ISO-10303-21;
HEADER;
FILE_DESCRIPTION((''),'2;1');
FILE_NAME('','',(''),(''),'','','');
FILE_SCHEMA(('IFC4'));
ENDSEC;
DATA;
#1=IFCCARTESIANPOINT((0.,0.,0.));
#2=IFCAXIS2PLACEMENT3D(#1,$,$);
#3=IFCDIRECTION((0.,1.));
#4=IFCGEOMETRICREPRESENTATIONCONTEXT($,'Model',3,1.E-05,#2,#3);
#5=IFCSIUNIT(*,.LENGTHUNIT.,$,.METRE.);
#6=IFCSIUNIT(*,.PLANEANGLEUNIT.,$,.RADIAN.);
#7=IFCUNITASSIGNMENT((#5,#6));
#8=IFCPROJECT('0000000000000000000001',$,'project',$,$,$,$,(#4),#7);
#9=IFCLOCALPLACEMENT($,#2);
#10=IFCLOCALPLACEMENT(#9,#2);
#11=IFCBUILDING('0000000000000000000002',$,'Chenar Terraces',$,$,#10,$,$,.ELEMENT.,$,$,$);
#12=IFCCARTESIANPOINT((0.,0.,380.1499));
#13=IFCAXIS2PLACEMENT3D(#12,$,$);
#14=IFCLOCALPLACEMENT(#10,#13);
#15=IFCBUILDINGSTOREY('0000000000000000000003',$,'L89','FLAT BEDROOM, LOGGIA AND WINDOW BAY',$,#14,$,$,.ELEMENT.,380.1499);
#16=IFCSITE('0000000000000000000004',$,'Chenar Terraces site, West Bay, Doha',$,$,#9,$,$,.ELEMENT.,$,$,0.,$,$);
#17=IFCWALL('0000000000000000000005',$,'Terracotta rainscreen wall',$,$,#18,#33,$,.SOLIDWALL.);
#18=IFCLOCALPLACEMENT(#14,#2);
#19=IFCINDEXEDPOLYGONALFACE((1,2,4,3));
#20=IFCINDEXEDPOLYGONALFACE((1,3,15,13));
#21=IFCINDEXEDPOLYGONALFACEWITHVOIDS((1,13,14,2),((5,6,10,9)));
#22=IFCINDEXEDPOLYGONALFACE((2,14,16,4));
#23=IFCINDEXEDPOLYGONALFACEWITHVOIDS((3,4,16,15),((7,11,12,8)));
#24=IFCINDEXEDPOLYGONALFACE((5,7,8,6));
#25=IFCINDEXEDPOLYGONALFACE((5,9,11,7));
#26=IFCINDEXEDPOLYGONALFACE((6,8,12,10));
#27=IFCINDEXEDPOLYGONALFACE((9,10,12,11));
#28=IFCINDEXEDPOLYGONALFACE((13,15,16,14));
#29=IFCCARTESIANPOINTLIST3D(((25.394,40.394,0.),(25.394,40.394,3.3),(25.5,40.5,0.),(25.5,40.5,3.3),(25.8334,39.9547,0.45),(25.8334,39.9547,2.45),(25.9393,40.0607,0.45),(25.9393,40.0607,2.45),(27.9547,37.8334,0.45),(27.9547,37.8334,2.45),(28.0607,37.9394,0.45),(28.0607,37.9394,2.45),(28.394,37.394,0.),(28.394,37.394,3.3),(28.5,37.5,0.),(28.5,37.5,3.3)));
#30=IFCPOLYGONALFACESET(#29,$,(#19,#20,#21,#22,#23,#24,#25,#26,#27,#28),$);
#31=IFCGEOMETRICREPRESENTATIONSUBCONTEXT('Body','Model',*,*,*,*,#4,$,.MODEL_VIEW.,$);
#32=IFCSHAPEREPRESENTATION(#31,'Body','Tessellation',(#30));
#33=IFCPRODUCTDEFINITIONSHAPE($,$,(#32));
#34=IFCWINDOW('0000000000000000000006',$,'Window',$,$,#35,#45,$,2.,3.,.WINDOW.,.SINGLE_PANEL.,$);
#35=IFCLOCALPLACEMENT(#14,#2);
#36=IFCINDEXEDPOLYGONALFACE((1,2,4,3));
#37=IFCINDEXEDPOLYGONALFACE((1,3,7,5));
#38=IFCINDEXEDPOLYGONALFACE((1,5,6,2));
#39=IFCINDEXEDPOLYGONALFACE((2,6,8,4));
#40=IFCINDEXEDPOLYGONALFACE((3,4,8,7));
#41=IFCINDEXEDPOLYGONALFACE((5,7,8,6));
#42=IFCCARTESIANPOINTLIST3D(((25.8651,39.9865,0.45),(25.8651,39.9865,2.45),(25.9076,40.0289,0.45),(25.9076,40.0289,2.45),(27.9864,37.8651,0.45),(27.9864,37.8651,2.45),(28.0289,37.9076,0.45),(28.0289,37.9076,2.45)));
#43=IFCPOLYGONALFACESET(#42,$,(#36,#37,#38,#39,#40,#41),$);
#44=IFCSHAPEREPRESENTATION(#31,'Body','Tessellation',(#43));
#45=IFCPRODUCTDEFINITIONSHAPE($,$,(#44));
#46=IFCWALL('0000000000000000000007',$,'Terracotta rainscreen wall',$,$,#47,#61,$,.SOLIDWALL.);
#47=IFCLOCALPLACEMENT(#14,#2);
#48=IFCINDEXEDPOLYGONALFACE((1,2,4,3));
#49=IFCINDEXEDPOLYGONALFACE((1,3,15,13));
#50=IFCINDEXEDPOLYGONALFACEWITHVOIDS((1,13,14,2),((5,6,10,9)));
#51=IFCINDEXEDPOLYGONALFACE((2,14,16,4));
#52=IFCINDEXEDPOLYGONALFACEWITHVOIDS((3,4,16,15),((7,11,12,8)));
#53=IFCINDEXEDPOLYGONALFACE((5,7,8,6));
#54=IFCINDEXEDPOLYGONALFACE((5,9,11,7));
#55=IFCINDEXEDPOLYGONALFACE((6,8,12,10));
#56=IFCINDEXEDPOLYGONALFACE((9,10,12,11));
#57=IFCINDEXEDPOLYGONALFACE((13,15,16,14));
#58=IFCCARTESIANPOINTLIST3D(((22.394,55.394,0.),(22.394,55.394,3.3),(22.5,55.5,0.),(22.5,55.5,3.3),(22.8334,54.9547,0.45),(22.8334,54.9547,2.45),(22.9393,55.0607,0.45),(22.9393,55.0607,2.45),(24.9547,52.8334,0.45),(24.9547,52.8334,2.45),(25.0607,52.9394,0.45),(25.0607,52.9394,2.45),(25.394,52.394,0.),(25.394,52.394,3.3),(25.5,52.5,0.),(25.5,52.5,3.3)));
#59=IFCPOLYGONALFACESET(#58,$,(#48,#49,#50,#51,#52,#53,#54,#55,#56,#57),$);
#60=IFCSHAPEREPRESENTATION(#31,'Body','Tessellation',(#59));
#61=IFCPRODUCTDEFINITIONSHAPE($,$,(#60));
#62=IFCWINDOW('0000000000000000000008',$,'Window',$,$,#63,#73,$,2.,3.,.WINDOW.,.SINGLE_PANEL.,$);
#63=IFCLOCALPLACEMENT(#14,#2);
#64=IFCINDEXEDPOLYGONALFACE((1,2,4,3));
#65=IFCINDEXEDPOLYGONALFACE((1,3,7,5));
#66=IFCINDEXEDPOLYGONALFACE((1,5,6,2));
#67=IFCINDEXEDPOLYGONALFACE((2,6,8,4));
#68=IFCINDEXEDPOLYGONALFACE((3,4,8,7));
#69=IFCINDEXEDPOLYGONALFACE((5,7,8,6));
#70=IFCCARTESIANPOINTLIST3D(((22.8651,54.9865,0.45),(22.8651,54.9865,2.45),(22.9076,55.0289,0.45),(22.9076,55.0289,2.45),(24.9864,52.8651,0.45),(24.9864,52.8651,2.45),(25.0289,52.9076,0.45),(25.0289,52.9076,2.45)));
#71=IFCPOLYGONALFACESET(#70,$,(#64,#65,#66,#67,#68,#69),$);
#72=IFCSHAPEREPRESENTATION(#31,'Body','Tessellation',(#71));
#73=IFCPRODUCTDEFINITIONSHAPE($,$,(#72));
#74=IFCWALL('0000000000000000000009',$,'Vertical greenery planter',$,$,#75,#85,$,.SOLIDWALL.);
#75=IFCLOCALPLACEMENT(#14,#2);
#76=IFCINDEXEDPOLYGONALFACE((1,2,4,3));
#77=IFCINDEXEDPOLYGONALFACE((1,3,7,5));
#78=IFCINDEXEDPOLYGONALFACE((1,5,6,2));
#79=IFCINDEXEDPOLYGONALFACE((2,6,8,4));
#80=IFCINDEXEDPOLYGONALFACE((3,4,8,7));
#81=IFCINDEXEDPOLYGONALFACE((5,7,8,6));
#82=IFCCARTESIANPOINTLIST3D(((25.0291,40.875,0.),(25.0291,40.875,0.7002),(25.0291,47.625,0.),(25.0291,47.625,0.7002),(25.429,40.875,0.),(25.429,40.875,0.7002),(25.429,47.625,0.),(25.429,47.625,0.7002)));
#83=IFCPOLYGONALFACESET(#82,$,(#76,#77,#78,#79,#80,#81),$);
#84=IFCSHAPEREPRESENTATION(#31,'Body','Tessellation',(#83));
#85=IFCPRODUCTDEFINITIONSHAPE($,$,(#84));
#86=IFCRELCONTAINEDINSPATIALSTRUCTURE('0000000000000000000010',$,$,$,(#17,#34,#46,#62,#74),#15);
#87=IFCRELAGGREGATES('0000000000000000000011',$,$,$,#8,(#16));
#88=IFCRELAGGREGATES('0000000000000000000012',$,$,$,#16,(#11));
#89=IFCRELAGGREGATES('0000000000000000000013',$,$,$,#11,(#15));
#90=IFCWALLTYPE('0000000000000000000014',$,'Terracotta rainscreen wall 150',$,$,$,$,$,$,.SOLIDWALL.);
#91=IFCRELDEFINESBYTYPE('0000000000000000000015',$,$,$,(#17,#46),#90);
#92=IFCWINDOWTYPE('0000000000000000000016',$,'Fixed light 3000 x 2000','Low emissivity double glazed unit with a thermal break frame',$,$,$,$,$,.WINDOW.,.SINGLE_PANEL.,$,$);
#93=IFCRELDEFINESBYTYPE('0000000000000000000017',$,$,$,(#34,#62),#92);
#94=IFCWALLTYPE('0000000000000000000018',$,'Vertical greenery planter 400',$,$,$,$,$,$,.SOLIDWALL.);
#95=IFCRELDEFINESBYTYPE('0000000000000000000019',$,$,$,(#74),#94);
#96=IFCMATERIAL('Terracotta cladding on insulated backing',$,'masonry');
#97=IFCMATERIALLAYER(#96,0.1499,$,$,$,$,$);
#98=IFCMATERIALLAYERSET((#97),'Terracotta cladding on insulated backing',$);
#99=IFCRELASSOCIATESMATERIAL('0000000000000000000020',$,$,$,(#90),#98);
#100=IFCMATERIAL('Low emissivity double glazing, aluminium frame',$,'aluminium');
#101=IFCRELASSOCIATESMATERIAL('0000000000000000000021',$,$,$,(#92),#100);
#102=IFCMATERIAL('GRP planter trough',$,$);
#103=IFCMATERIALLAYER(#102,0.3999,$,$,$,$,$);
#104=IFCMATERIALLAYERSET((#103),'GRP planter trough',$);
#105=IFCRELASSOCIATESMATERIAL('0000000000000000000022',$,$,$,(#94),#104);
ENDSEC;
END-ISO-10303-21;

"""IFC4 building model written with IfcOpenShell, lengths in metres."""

from ifc_helpers import new_model, si_unit, direction, frame, frame_2d, origin, place, context, subcontext, project, spatial, rectangle, extrude, material, layer, layer_set, type_object, element, fill, save


model = new_model("IFC4")

# Units and contexts
model_context = context("Model", 3, precision=1e-05, world=origin(), true_north=direction((0.0, 1.0)))
body_context = subcontext(model_context, "Body", "Model", "MODEL_VIEW")
ifc_project = project(units=[si_unit("LENGTHUNIT", "METRE"), si_unit("PLANEANGLEUNIT", "RADIAN")], contexts=[model_context])

# Site, building, storey
site_placement = place(None, origin())
site = spatial("IfcSite", under=ifc_project, at=site_placement, Name="Chenar Terraces site, West Bay, Doha", CompositionType="ELEMENT", RefElevation=0.0)
building_placement = place(site_placement, origin())
building = spatial("IfcBuilding", under=site, at=building_placement, Name="Chenar Terraces", CompositionType="ELEMENT")
storey_placement = place(building_placement, frame((0.0, 0.0, 380.1499)))
storey = spatial("IfcBuildingStorey", under=building, at=storey_placement, Name="L89", Description="FLAT BEDROOM, LOGGIA AND WINDOW BAY", CompositionType="ELEMENT", Elevation=380.1499)

# Walls, openings, windows
ifc_material_1 = material(Name="Terracotta cladding on insulated backing", Category="masonry")
ifc_layer_1 = layer(ifc_material_1, 0.1499)
ifc_layer_set_1 = layer_set([ifc_layer_1], Name="Terracotta cladding on insulated backing")
wall_type_1 = type_object("IfcWallType", Name="Terracotta rainscreen wall 150", PredefinedType="SOLIDWALL", material=ifc_layer_set_1)
wall_1_placement = place(storey_placement, frame((28.447, 37.447, 0.0), z_axis=(0.0, 0.0, 1.0), x_axis=(-0.707107, 0.707107, 0.0)))
wall_1 = element("IfcWall", 1, at=wall_1_placement, inside=storey, type_object=wall_type_1, Name="Terracotta rainscreen wall", PredefinedType="SOLIDWALL", context=body_context, shape_type="SweptSolid", body=[
    extrude(rectangle(XDim=4.2427, YDim=0.1499, at=frame_2d((2.1213, 0.0))), origin(), (0.0, 0.0, 1.0), 3.3),
])
opening_1_placement = place(wall_1_placement, frame((0.6213, 0.0, 0.45)))
opening_1 = element("IfcOpeningElement", 2, at=opening_1_placement, cuts=wall_1, PredefinedType="OPENING", context=body_context, shape_type="SweptSolid", body=[
    extrude(rectangle(XDim=3.0, YDim=2.0, at=frame_2d((1.5, 1.0))), frame((0.0, 0.085, 0.0), z_axis=(0.0, -1.0, 0.0), x_axis=(1.0, 0.0, 0.0)), (0.0, 0.0, 1.0), 0.1699),
])
ifc_material_2 = material(Name="Low emissivity double glazing, aluminium frame", Category="aluminium")
window_type_1 = type_object("IfcWindowType", Name="Fixed light 3000 x 2000", Description="Low emissivity double glazed unit with a thermal break frame", PartitioningType="SINGLE_PANEL", PredefinedType="WINDOW", material=ifc_material_2)
window_1_placement = place(opening_1_placement, origin())
window_1 = element("IfcWindow", 3, at=window_1_placement, inside=storey, type_object=window_type_1, Name="Window", OverallHeight=2.0, OverallWidth=3.0, PartitioningType="SINGLE_PANEL", PredefinedType="WINDOW", context=body_context, shape_type="SweptSolid", body=[
    extrude(rectangle(XDim=3.0, YDim=2.0, at=frame_2d((1.5, 1.0))), frame((0.0, 0.03, 0.0), z_axis=(0.0, -1.0, 0.0), x_axis=(1.0, 0.0, 0.0)), (0.0, 0.0, 1.0), 0.0601),
])
fill(opening_1, window_1)
wall_2_placement = place(storey_placement, frame((25.447, 52.447, 0.0), z_axis=(0.0, 0.0, 1.0), x_axis=(-0.707107, 0.707107, 0.0)))
wall_2 = element("IfcWall", 4, at=wall_2_placement, inside=storey, type_object=wall_type_1, Name="Terracotta rainscreen wall", PredefinedType="SOLIDWALL", context=body_context, shape_type="SweptSolid", body=[
    extrude(rectangle(XDim=4.2427, YDim=0.1499, at=frame_2d((2.1213, 0.0))), origin(), (0.0, 0.0, 1.0), 3.3),
])
opening_2_placement = place(wall_2_placement, frame((0.6213, 0.0, 0.45)))
opening_2 = element("IfcOpeningElement", 5, at=opening_2_placement, cuts=wall_2, PredefinedType="OPENING", context=body_context, shape_type="SweptSolid", body=[
    extrude(rectangle(XDim=3.0, YDim=2.0, at=frame_2d((1.5, 1.0))), frame((0.0, 0.085, 0.0), z_axis=(0.0, -1.0, 0.0), x_axis=(1.0, 0.0, 0.0)), (0.0, 0.0, 1.0), 0.1699),
])
window_2_placement = place(opening_2_placement, origin())
window_2 = element("IfcWindow", 6, at=window_2_placement, inside=storey, type_object=window_type_1, Name="Window", OverallHeight=2.0, OverallWidth=3.0, PartitioningType="SINGLE_PANEL", PredefinedType="WINDOW", context=body_context, shape_type="SweptSolid", body=[
    extrude(rectangle(XDim=3.0, YDim=2.0, at=frame_2d((1.5, 1.0))), frame((0.0, 0.03, 0.0), z_axis=(0.0, -1.0, 0.0), x_axis=(1.0, 0.0, 0.0)), (0.0, 0.0, 1.0), 0.0601),
])
fill(opening_2, window_2)

# Wall
ifc_material_3 = material(Name="GRP planter trough")
ifc_layer_2 = layer(ifc_material_3, 0.3999)
ifc_layer_set_2 = layer_set([ifc_layer_2], Name="GRP planter trough")
wall_type_2 = type_object("IfcWallType", Name="Vertical greenery planter 400", PredefinedType="SOLIDWALL", material=ifc_layer_set_2)
wall_3_placement = place(storey_placement, frame((25.229, 40.875, 0.0), z_axis=(0.0, 0.0, 1.0), x_axis=(0.0, 1.0, 0.0)))
element("IfcWall", 7, at=wall_3_placement, inside=storey, type_object=wall_type_2, Name="Vertical greenery planter", PredefinedType="SOLIDWALL", context=body_context, shape_type="SweptSolid", body=[
    extrude(rectangle(XDim=6.75, YDim=0.3999, at=frame_2d((3.375, 0.0))), origin(), (0.0, 0.0, 1.0), 0.7002),
])

save(model, "model.ifc")
